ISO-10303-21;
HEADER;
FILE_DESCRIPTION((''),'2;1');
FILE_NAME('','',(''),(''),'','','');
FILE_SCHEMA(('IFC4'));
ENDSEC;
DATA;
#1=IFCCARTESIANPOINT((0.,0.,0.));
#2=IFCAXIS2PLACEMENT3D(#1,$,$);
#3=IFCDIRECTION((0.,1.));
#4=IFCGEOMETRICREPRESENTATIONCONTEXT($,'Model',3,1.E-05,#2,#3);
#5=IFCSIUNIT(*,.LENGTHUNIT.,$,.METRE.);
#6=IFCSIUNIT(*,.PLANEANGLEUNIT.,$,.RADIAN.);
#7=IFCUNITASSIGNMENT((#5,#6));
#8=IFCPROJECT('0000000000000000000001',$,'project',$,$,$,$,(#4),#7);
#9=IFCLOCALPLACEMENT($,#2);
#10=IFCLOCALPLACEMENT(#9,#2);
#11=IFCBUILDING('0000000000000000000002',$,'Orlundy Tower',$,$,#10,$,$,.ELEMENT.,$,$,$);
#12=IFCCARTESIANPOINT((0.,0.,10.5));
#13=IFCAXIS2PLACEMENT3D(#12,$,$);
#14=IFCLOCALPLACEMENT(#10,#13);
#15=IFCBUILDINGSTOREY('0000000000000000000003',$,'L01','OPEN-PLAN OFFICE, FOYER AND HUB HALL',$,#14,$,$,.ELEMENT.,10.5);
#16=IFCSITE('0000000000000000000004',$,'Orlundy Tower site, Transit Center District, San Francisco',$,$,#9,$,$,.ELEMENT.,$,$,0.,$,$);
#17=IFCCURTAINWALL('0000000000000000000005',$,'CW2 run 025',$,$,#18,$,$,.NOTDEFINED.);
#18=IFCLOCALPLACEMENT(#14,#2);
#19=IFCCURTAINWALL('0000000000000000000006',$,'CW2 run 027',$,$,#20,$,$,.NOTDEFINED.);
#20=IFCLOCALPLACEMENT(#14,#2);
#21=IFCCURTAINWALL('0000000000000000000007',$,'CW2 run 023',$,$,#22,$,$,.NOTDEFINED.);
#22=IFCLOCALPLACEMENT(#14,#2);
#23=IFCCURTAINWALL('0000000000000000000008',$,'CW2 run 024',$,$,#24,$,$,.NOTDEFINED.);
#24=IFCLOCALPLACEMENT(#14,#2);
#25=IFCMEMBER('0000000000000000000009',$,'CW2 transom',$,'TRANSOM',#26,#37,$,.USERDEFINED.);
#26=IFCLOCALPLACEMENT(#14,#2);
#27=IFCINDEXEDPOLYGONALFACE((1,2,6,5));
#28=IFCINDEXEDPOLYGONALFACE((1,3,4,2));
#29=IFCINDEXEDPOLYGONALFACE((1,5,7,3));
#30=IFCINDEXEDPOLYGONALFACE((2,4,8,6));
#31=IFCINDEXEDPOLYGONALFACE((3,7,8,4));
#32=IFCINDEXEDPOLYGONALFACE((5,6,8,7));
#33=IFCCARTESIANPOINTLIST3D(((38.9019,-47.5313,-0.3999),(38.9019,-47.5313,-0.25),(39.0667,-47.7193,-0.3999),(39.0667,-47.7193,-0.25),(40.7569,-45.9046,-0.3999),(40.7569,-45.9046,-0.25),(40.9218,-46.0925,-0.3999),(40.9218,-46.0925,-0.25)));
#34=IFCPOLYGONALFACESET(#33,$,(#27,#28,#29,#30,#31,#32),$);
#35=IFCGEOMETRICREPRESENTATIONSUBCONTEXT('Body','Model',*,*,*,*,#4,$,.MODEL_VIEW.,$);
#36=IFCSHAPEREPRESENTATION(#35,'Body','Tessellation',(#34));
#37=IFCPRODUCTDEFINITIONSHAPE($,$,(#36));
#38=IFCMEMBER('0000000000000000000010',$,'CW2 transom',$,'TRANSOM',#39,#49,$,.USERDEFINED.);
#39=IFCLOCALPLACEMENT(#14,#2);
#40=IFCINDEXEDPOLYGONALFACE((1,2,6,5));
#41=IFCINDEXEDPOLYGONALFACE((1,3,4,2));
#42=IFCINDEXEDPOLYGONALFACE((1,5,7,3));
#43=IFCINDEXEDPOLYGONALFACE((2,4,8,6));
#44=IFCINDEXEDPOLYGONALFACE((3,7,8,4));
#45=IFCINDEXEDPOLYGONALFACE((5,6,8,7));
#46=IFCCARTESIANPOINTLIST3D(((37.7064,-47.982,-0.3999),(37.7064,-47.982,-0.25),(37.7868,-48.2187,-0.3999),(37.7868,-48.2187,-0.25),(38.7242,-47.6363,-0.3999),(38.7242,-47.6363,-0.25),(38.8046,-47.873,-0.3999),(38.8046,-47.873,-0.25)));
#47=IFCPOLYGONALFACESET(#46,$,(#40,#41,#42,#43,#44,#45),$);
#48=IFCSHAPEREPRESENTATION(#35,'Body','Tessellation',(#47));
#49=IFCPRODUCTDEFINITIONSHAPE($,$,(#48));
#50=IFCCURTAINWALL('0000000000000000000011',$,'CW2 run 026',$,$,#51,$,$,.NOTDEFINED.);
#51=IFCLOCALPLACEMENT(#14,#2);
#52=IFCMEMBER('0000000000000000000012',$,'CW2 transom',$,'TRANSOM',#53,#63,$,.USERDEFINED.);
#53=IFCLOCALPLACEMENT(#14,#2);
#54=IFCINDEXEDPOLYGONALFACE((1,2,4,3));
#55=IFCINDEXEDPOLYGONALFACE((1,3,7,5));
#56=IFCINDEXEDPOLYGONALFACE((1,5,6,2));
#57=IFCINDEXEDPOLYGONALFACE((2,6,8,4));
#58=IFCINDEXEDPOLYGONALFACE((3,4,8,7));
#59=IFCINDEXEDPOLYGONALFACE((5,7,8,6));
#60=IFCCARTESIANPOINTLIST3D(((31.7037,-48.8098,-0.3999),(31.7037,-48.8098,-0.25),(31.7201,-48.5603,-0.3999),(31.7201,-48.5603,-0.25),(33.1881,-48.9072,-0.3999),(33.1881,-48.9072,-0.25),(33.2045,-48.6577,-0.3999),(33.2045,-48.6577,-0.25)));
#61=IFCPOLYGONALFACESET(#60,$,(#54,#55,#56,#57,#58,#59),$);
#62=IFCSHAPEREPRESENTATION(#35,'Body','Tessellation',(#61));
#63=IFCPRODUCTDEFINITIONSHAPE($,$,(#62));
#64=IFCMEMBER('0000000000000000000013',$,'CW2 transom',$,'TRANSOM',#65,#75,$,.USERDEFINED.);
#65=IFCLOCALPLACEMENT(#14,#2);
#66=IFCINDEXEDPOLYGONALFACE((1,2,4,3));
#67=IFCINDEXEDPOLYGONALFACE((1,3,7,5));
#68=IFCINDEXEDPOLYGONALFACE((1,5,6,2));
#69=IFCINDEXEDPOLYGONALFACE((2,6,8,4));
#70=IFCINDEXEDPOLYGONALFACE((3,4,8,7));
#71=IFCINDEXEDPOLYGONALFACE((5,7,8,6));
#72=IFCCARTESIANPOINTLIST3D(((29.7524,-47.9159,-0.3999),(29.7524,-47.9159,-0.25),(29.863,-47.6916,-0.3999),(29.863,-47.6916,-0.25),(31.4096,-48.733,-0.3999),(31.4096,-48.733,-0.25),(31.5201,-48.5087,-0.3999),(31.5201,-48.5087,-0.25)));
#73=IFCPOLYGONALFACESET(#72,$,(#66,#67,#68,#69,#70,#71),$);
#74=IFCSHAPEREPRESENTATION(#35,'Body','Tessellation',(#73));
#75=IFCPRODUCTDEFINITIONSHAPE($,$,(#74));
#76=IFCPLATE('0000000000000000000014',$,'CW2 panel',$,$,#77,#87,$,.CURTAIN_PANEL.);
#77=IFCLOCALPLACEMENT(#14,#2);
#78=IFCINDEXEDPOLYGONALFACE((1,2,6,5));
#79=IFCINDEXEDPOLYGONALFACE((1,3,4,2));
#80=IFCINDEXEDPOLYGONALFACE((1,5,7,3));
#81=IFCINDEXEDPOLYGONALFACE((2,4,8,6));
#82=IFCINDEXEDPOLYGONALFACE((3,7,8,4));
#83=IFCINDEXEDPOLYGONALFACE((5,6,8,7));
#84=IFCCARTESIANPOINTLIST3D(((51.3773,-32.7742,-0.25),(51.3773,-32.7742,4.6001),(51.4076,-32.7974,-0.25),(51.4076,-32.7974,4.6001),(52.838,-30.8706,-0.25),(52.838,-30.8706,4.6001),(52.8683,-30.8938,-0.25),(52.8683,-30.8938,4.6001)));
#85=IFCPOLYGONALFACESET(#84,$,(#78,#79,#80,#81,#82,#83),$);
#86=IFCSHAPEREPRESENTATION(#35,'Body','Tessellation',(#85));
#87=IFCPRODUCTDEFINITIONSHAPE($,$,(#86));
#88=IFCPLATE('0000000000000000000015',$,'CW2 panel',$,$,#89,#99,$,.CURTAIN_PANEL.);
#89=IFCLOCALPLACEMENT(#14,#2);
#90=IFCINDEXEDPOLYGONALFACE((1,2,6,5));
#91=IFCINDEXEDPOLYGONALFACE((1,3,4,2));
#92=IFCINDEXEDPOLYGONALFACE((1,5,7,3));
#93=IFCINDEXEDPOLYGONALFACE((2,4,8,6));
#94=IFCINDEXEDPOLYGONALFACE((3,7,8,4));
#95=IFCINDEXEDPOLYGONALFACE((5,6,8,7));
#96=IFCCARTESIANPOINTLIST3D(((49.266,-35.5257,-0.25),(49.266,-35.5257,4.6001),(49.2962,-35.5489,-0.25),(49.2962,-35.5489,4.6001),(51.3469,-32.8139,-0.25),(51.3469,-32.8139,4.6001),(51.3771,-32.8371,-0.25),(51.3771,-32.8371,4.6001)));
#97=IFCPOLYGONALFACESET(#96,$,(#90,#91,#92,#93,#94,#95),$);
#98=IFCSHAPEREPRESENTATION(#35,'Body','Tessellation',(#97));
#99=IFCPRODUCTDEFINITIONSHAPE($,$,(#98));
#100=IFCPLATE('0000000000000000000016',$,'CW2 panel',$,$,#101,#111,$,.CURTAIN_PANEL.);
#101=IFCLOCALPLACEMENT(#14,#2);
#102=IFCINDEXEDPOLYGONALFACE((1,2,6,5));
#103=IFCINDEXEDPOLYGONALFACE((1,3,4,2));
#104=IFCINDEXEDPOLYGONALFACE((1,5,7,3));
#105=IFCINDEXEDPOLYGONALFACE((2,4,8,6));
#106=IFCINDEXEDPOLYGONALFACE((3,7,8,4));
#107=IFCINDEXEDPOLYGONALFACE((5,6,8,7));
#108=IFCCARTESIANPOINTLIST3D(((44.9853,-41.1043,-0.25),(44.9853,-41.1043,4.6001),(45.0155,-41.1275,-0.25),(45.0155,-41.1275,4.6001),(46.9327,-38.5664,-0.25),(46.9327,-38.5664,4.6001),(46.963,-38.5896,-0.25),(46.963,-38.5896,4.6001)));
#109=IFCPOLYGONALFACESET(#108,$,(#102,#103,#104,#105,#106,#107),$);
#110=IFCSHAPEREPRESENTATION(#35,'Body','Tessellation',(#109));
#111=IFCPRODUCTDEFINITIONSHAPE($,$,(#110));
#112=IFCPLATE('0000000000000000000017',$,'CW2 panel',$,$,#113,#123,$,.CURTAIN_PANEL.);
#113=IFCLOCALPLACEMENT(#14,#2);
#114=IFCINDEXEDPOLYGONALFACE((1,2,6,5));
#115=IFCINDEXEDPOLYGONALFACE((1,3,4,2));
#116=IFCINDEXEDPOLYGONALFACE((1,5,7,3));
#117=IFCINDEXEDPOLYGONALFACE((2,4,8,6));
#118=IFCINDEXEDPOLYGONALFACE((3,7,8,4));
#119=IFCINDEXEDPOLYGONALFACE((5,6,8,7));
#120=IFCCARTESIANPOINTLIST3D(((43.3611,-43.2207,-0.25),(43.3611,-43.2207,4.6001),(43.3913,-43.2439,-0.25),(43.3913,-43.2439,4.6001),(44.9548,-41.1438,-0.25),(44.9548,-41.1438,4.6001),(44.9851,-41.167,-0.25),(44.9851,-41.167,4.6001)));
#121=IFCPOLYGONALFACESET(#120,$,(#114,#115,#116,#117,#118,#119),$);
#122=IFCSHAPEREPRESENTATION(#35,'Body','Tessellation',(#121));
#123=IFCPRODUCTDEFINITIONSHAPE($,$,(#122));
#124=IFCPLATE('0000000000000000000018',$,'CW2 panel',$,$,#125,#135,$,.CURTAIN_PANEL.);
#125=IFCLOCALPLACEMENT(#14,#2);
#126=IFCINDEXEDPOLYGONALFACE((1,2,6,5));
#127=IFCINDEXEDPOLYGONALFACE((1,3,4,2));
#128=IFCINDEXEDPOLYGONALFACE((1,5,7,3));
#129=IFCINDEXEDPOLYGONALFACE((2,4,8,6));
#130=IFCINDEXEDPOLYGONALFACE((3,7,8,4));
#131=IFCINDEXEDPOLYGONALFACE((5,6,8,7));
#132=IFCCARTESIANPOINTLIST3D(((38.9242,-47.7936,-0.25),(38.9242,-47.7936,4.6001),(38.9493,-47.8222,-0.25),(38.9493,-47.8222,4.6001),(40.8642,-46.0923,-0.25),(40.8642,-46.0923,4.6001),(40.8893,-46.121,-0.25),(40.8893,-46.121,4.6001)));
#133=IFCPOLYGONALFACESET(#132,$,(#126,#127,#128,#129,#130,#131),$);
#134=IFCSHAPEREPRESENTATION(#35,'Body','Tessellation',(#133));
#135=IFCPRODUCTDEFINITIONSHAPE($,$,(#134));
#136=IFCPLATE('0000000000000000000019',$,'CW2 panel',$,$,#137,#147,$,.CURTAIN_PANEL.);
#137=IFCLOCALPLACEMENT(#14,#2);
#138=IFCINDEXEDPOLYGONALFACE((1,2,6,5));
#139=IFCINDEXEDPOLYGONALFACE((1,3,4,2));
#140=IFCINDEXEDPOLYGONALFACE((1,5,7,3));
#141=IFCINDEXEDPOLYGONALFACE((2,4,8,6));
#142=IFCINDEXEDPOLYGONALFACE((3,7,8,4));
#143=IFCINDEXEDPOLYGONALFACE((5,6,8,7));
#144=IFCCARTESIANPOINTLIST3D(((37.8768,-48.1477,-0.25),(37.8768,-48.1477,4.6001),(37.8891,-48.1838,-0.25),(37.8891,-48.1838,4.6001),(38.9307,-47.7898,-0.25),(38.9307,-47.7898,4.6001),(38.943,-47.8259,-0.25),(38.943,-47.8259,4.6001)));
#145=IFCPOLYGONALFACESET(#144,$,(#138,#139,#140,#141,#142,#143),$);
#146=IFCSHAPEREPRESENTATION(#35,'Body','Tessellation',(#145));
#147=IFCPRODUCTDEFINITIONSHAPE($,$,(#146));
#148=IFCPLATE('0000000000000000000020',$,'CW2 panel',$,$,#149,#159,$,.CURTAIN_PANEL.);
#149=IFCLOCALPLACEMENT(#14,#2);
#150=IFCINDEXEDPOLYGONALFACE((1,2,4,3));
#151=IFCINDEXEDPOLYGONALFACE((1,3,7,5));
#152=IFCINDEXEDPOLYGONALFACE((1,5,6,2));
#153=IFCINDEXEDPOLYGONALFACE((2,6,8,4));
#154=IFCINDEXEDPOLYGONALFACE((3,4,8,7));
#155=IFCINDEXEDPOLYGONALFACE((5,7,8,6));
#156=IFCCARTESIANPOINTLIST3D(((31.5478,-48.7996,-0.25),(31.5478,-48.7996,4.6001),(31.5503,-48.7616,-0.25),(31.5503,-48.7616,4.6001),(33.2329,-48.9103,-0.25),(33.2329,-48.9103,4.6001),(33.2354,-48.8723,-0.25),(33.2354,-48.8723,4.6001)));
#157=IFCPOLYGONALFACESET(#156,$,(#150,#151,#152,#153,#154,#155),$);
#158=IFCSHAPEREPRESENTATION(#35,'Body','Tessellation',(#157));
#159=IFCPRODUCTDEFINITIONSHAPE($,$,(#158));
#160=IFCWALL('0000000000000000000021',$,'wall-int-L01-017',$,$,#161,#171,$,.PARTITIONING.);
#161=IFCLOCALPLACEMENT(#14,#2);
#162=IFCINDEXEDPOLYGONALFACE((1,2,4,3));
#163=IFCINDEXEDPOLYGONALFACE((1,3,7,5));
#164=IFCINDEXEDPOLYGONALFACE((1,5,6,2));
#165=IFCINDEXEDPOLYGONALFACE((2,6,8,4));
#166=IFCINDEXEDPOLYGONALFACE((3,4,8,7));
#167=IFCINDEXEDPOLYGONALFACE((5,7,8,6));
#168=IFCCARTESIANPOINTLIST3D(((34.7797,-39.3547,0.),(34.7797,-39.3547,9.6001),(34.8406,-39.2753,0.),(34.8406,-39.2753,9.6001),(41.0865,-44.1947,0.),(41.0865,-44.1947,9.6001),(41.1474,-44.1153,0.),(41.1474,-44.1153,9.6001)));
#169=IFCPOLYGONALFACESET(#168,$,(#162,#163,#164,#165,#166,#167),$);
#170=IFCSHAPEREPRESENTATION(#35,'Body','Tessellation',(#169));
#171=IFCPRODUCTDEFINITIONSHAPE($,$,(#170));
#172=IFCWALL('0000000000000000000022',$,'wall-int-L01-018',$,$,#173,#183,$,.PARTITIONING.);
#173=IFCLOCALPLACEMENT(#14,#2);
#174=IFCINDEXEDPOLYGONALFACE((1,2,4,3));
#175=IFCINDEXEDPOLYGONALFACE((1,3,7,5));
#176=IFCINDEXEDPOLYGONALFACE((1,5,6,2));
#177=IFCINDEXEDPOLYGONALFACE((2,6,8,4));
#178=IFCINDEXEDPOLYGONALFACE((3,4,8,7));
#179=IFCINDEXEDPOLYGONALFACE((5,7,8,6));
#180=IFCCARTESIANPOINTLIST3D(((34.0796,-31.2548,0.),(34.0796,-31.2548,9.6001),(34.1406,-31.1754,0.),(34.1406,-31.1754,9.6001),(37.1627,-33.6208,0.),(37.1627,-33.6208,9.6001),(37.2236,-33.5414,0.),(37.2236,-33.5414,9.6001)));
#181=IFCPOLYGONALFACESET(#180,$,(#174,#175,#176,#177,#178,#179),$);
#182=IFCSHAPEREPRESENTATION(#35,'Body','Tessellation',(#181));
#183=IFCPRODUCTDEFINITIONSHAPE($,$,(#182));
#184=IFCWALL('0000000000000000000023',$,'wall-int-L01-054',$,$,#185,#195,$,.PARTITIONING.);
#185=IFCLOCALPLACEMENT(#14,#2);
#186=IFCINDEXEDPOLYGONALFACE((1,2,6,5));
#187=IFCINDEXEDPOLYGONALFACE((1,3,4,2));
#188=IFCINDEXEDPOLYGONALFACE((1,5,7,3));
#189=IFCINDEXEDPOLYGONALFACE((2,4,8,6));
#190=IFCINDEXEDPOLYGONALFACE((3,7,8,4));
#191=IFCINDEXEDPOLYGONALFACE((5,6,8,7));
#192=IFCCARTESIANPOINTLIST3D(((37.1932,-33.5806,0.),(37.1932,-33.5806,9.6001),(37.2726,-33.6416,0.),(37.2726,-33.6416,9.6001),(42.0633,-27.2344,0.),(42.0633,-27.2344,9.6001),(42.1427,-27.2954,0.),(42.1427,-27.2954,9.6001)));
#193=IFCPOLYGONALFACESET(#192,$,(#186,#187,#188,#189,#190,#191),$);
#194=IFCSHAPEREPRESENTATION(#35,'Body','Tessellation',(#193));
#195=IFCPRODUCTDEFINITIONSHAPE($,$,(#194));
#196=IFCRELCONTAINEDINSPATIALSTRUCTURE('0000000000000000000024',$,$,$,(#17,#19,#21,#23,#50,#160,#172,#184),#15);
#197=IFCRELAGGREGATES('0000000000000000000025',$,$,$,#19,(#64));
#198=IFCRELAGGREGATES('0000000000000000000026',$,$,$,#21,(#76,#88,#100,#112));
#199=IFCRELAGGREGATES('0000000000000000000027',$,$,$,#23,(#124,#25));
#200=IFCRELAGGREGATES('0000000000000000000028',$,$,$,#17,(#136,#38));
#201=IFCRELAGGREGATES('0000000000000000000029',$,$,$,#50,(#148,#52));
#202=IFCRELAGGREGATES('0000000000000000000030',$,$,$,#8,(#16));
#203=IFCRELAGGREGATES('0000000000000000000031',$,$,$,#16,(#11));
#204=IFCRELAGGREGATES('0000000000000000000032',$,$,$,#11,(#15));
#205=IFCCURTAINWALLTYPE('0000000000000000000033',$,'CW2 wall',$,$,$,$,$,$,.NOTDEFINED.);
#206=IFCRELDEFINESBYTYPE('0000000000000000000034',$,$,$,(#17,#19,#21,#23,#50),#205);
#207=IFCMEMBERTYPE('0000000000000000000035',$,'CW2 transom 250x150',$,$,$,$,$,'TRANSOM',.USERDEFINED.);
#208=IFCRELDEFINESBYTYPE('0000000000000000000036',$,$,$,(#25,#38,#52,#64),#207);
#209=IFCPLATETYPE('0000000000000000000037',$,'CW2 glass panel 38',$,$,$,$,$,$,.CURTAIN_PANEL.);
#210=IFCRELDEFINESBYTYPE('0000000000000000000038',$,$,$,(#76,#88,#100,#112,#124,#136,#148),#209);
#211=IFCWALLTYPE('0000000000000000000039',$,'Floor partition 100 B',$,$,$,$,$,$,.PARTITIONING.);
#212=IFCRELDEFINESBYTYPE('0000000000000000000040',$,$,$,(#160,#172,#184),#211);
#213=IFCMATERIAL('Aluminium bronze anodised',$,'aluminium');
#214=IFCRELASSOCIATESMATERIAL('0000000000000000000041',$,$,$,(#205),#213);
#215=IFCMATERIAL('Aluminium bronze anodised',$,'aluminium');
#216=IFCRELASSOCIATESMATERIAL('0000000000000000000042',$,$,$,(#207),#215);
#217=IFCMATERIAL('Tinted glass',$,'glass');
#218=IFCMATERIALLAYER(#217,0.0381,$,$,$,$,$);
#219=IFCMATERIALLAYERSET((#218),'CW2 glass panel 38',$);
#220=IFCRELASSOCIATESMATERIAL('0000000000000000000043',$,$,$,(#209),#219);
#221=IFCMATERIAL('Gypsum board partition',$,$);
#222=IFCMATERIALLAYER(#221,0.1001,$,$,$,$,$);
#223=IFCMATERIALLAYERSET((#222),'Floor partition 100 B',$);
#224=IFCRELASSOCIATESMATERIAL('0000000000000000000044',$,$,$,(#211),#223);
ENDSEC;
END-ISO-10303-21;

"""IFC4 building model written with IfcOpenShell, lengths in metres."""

from ifc_helpers import new_model, si_unit, direction, frame, frame_2d, origin, origin_2d, place, context, subcontext, project, spatial, rectangle, extrude, material, layer, layer_set, material_profile, profile_set, type_object, element, aggregate, save


model = new_model("IFC4")

# Units and contexts
model_context = context("Model", 3, precision=1e-05, world=origin(), true_north=direction((0.0, 1.0)))
body_context = subcontext(model_context, "Body", "Model", "MODEL_VIEW")
ifc_project = project(units=[si_unit("LENGTHUNIT", "METRE"), si_unit("PLANEANGLEUNIT", "RADIAN")], contexts=[model_context])

# Site, building, storey
site_placement = place(None, origin())
site = spatial("IfcSite", under=ifc_project, at=site_placement, Name="Orlundy Tower site, Transit Center District, San Francisco", CompositionType="ELEMENT", RefElevation=0.0)
building_placement = place(site_placement, origin())
building = spatial("IfcBuilding", under=site, at=building_placement, Name="Orlundy Tower", CompositionType="ELEMENT")
storey_placement = place(building_placement, frame((0.0, 0.0, 10.5)))
storey = spatial("IfcBuildingStorey", under=building, at=storey_placement, Name="L01", Description="OPEN-PLAN OFFICE, FOYER AND HUB HALL", CompositionType="ELEMENT", Elevation=10.5)

# Curtain walls
ifc_material_1 = material(Name="Aluminium bronze anodised", Category="aluminium")
curtain_wall_type = type_object("IfcCurtainWallType", Name="CW2 wall", PredefinedType="NOTDEFINED", material=ifc_material_1)
curtain_wall_1_placement = place(storey_placement, origin())
curtain_wall_1 = element("IfcCurtainWall", 1, at=curtain_wall_1_placement, inside=storey, type_object=curtain_wall_type, Name="CW2 run 025", PredefinedType="NOTDEFINED")
curtain_wall_2_placement = place(storey_placement, origin())
curtain_wall_2 = element("IfcCurtainWall", 2, at=curtain_wall_2_placement, inside=storey, type_object=curtain_wall_type, Name="CW2 run 027", PredefinedType="NOTDEFINED")

# Curtain wall
curtain_wall_3_placement = place(storey_placement, origin())
curtain_wall_3 = element("IfcCurtainWall", 3, at=curtain_wall_3_placement, inside=storey, type_object=curtain_wall_type, Name="CW2 run 023", PredefinedType="NOTDEFINED")
ifc_material_2 = material(Name="Aluminium bronze anodised", Category="aluminium")
ifc_material_profile_1 = material_profile(ifc_material_2, rectangle(XDim=0.25, YDim=0.1499, at=origin_2d()), Name="CW2 transom 250x150")
ifc_profile_set_1 = profile_set([ifc_material_profile_1], Name="Aluminium bronze anodised")
member_type_1 = type_object("IfcMemberType", Name="CW2 transom 250x150", ElementType="TRANSOM", PredefinedType="USERDEFINED", material=ifc_profile_set_1)

# Curtain wall, member
curtain_wall_4_placement = place(storey_placement, origin())
curtain_wall_4 = element("IfcCurtainWall", 4, at=curtain_wall_4_placement, inside=storey, type_object=curtain_wall_type, Name="CW2 run 024", PredefinedType="NOTDEFINED")
member_1_placement = place(storey_placement, frame((40.8394, -45.9985, -0.325), z_axis=(-0.751853, -0.659331, 0.0), x_axis=(0.659331, -0.751853, 0.0)))
member_1 = element("IfcMember", 5, at=member_1_placement, type_object=member_type_1, Name="CW2 transom", ObjectType="TRANSOM", PredefinedType="USERDEFINED", context=body_context, shape_type="SweptSolid", body=[
    extrude(rectangle(XDim=0.25, YDim=0.1499, at=origin_2d()), origin(), (0.0, 0.0, 1.0), 2.4673),
])

# Member
member_2_placement = place(storey_placement, frame((38.7644, -47.7546, -0.325), z_axis=(-0.946874, -0.321605, 0.0), x_axis=(0.321605, -0.946874, 0.0)))
member_2 = element("IfcMember", 6, at=member_2_placement, type_object=member_type_1, Name="CW2 transom", ObjectType="TRANSOM", PredefinedType="USERDEFINED", context=body_context, shape_type="SweptSolid", body=[
    extrude(rectangle(XDim=0.25, YDim=0.1499, at=origin_2d()), origin(), (0.0, 0.0, 1.0), 1.075),
])

# Curtain wall, member
curtain_wall_5_placement = place(storey_placement, origin())
curtain_wall_5 = element("IfcCurtainWall", 7, at=curtain_wall_5_placement, inside=storey, type_object=curtain_wall_type, Name="CW2 run 026", PredefinedType="NOTDEFINED")
member_3_placement = place(storey_placement, frame((33.1963, -48.7825, -0.325), z_axis=(-0.997854, 0.065484, 0.0), x_axis=(-0.065484, -0.997854, 0.0)))
member_3 = element("IfcMember", 8, at=member_3_placement, type_object=member_type_1, Name="CW2 transom", ObjectType="TRANSOM", PredefinedType="USERDEFINED", context=body_context, shape_type="SweptSolid", body=[
    extrude(rectangle(XDim=0.25, YDim=0.1499, at=origin_2d()), origin(), (0.0, 0.0, 1.0), 1.4875),
])

# Member
member_4_placement = place(storey_placement, frame((31.4648, -48.6208, -0.325), z_axis=(-0.896897, 0.442239, 0.0), x_axis=(-0.442239, -0.896897, 0.0)))
member_4 = element("IfcMember", 9, at=member_4_placement, type_object=member_type_1, Name="CW2 transom", ObjectType="TRANSOM", PredefinedType="USERDEFINED", context=body_context, shape_type="SweptSolid", body=[
    extrude(rectangle(XDim=0.25, YDim=0.1499, at=origin_2d()), origin(), (0.0, 0.0, 1.0), 1.8477),
])
aggregate(curtain_wall_2, [member_4])

# Plates
ifc_material_3 = material(Name="Tinted glass", Category="glass")
ifc_layer_1 = layer(ifc_material_3, 0.0381)
ifc_layer_set_1 = layer_set([ifc_layer_1], Name="CW2 glass panel 38")
plate_type = type_object("IfcPlateType", Name="CW2 glass panel 38", PredefinedType="CURTAIN_PANEL", material=ifc_layer_set_1)
plate_1_placement = place(storey_placement, frame((52.1228, -31.834, -0.25), z_axis=(0.0, 0.0, 1.0), x_axis=(-0.608771, -0.793346, 0.0)))
plate_1 = element("IfcPlate", 10, at=plate_1_placement, type_object=plate_type, Name="CW2 panel", PredefinedType="CURTAIN_PANEL", context=body_context, shape_type="SweptSolid", body=[
    extrude(rectangle(XDim=2.3994, YDim=0.0381, at=origin_2d()), origin(), (0.0, 0.0, 1.0), 4.8501),
])
plate_2_placement = place(storey_placement, frame((50.3215, -34.1814, -0.25), z_axis=(0.0, 0.0, 1.0), x_axis=(-0.608771, -0.793346, 0.0)))
plate_2 = element("IfcPlate", 11, at=plate_2_placement, type_object=plate_type, Name="CW2 panel", PredefinedType="CURTAIN_PANEL", context=body_context, shape_type="SweptSolid", body=[
    extrude(rectangle(XDim=3.4182, YDim=0.0381, at=origin_2d()), origin(), (0.0, 0.0, 1.0), 4.8501),
])
plate_3_placement = place(storey_placement, frame((45.9741, -39.8469, -0.25), z_axis=(0.0, 0.0, 1.0), x_axis=(-0.608771, -0.793346, 0.0)))
plate_3 = element("IfcPlate", 12, at=plate_3_placement, type_object=plate_type, Name="CW2 panel", PredefinedType="CURTAIN_PANEL", context=body_context, shape_type="SweptSolid", body=[
    extrude(rectangle(XDim=3.199, YDim=0.0381, at=origin_2d()), origin(), (0.0, 0.0, 1.0), 4.8501),
])
plate_4_placement = place(storey_placement, frame((44.1731, -42.1938, -0.25), z_axis=(0.0, 0.0, 1.0), x_axis=(-0.608771, -0.793346, 0.0)))
plate_4 = element("IfcPlate", 13, at=plate_4_placement, type_object=plate_type, Name="CW2 panel", PredefinedType="CURTAIN_PANEL", context=body_context, shape_type="SweptSolid", body=[
    extrude(rectangle(XDim=2.6179, YDim=0.0381, at=origin_2d()), origin(), (0.0, 0.0, 1.0), 4.8501),
])
aggregate(curtain_wall_3, [plate_1, plate_2, plate_3, plate_4])
plate_5_placement = place(storey_placement, frame((39.9067, -46.9573, -0.25), z_axis=(0.0, 0.0, 1.0), x_axis=(-0.751858, -0.659325, 0.0)))
plate_5 = element("IfcPlate", 14, at=plate_5_placement, type_object=plate_type, Name="CW2 panel", PredefinedType="CURTAIN_PANEL", context=body_context, shape_type="SweptSolid", body=[
    extrude(rectangle(XDim=2.5803, YDim=0.0381, at=origin_2d()), origin(), (0.0, 0.0, 1.0), 4.8501),
])
aggregate(curtain_wall_4, [plate_5, member_1])
plate_6_placement = place(storey_placement, frame((38.4099, -47.9868, -0.25), z_axis=(0.0, 0.0, 1.0), x_axis=(-0.946888, -0.321564, 0.0)))
plate_6 = element("IfcPlate", 15, at=plate_6_placement, type_object=plate_type, Name="CW2 panel", PredefinedType="CURTAIN_PANEL", context=body_context, shape_type="SweptSolid", body=[
    extrude(rectangle(XDim=1.113, YDim=0.0381, at=origin_2d()), origin(), (0.0, 0.0, 1.0), 4.8501),
])
aggregate(curtain_wall_1, [plate_6, member_2])
plate_7_placement = place(storey_placement, frame((32.3916, -48.8359, -0.25), z_axis=(0.0, 0.0, 1.0), x_axis=(-0.997849, 0.065552, 0.0)))
plate_7 = element("IfcPlate", 16, at=plate_7_placement, type_object=plate_type, Name="CW2 panel", PredefinedType="CURTAIN_PANEL", context=body_context, shape_type="SweptSolid", body=[
    extrude(rectangle(XDim=1.6887, YDim=0.0381, at=origin_2d()), origin(), (0.0, 0.0, 1.0), 4.8501),
])
aggregate(curtain_wall_5, [plate_7, member_3])

# Walls
ifc_material_4 = material(Name="Gypsum board partition")
ifc_layer_2 = layer(ifc_material_4, 0.1001)
ifc_layer_set_2 = layer_set([ifc_layer_2], Name="Floor partition 100 B")
wall_type = type_object("IfcWallType", Name="Floor partition 100 B", PredefinedType="PARTITIONING", material=ifc_layer_set_2)
wall_1_placement = place(storey_placement, frame((34.8101, -39.3149, 0.0), z_axis=(0.0, 0.0, 1.0), x_axis=(0.793314, -0.608812, 0.0)))
element("IfcWall", 17, at=wall_1_placement, inside=storey, type_object=wall_type, Name="wall-int-L01-017", PredefinedType="PARTITIONING", context=body_context, shape_type="SweptSolid", body=[
    extrude(rectangle(XDim=7.95, YDim=0.1001, at=frame_2d((3.9751, 0.0))), origin(), (0.0, 0.0, 1.0), 9.6001),
])
wall_2_placement = place(storey_placement, frame((34.1101, -31.2151, 0.0), z_axis=(0.0, 0.0, 1.0), x_axis=(0.793317, -0.608809, 0.0)))
element("IfcWall", 18, at=wall_2_placement, inside=storey, type_object=wall_type, Name="wall-int-L01-018", PredefinedType="PARTITIONING", context=body_context, shape_type="SweptSolid", body=[
    extrude(rectangle(XDim=3.8862, YDim=0.1001, at=frame_2d((1.9431, 0.0))), origin(), (0.0, 0.0, 1.0), 9.6001),
])
wall_3_placement = place(storey_placement, frame((37.2329, -33.6111, 0.0), z_axis=(0.0, 0.0, 1.0), x_axis=(0.608802, 0.793322, 0.0)))
element("IfcWall", 19, at=wall_3_placement, inside=storey, type_object=wall_type, Name="wall-int-L01-054", PredefinedType="PARTITIONING", context=body_context, shape_type="SweptSolid", body=[
    extrude(rectangle(XDim=7.9995, YDim=0.1001, at=frame_2d((3.9998, 0.0))), origin(), (0.0, 0.0, 1.0), 9.6001),
])

save(model, "model.ifc")
